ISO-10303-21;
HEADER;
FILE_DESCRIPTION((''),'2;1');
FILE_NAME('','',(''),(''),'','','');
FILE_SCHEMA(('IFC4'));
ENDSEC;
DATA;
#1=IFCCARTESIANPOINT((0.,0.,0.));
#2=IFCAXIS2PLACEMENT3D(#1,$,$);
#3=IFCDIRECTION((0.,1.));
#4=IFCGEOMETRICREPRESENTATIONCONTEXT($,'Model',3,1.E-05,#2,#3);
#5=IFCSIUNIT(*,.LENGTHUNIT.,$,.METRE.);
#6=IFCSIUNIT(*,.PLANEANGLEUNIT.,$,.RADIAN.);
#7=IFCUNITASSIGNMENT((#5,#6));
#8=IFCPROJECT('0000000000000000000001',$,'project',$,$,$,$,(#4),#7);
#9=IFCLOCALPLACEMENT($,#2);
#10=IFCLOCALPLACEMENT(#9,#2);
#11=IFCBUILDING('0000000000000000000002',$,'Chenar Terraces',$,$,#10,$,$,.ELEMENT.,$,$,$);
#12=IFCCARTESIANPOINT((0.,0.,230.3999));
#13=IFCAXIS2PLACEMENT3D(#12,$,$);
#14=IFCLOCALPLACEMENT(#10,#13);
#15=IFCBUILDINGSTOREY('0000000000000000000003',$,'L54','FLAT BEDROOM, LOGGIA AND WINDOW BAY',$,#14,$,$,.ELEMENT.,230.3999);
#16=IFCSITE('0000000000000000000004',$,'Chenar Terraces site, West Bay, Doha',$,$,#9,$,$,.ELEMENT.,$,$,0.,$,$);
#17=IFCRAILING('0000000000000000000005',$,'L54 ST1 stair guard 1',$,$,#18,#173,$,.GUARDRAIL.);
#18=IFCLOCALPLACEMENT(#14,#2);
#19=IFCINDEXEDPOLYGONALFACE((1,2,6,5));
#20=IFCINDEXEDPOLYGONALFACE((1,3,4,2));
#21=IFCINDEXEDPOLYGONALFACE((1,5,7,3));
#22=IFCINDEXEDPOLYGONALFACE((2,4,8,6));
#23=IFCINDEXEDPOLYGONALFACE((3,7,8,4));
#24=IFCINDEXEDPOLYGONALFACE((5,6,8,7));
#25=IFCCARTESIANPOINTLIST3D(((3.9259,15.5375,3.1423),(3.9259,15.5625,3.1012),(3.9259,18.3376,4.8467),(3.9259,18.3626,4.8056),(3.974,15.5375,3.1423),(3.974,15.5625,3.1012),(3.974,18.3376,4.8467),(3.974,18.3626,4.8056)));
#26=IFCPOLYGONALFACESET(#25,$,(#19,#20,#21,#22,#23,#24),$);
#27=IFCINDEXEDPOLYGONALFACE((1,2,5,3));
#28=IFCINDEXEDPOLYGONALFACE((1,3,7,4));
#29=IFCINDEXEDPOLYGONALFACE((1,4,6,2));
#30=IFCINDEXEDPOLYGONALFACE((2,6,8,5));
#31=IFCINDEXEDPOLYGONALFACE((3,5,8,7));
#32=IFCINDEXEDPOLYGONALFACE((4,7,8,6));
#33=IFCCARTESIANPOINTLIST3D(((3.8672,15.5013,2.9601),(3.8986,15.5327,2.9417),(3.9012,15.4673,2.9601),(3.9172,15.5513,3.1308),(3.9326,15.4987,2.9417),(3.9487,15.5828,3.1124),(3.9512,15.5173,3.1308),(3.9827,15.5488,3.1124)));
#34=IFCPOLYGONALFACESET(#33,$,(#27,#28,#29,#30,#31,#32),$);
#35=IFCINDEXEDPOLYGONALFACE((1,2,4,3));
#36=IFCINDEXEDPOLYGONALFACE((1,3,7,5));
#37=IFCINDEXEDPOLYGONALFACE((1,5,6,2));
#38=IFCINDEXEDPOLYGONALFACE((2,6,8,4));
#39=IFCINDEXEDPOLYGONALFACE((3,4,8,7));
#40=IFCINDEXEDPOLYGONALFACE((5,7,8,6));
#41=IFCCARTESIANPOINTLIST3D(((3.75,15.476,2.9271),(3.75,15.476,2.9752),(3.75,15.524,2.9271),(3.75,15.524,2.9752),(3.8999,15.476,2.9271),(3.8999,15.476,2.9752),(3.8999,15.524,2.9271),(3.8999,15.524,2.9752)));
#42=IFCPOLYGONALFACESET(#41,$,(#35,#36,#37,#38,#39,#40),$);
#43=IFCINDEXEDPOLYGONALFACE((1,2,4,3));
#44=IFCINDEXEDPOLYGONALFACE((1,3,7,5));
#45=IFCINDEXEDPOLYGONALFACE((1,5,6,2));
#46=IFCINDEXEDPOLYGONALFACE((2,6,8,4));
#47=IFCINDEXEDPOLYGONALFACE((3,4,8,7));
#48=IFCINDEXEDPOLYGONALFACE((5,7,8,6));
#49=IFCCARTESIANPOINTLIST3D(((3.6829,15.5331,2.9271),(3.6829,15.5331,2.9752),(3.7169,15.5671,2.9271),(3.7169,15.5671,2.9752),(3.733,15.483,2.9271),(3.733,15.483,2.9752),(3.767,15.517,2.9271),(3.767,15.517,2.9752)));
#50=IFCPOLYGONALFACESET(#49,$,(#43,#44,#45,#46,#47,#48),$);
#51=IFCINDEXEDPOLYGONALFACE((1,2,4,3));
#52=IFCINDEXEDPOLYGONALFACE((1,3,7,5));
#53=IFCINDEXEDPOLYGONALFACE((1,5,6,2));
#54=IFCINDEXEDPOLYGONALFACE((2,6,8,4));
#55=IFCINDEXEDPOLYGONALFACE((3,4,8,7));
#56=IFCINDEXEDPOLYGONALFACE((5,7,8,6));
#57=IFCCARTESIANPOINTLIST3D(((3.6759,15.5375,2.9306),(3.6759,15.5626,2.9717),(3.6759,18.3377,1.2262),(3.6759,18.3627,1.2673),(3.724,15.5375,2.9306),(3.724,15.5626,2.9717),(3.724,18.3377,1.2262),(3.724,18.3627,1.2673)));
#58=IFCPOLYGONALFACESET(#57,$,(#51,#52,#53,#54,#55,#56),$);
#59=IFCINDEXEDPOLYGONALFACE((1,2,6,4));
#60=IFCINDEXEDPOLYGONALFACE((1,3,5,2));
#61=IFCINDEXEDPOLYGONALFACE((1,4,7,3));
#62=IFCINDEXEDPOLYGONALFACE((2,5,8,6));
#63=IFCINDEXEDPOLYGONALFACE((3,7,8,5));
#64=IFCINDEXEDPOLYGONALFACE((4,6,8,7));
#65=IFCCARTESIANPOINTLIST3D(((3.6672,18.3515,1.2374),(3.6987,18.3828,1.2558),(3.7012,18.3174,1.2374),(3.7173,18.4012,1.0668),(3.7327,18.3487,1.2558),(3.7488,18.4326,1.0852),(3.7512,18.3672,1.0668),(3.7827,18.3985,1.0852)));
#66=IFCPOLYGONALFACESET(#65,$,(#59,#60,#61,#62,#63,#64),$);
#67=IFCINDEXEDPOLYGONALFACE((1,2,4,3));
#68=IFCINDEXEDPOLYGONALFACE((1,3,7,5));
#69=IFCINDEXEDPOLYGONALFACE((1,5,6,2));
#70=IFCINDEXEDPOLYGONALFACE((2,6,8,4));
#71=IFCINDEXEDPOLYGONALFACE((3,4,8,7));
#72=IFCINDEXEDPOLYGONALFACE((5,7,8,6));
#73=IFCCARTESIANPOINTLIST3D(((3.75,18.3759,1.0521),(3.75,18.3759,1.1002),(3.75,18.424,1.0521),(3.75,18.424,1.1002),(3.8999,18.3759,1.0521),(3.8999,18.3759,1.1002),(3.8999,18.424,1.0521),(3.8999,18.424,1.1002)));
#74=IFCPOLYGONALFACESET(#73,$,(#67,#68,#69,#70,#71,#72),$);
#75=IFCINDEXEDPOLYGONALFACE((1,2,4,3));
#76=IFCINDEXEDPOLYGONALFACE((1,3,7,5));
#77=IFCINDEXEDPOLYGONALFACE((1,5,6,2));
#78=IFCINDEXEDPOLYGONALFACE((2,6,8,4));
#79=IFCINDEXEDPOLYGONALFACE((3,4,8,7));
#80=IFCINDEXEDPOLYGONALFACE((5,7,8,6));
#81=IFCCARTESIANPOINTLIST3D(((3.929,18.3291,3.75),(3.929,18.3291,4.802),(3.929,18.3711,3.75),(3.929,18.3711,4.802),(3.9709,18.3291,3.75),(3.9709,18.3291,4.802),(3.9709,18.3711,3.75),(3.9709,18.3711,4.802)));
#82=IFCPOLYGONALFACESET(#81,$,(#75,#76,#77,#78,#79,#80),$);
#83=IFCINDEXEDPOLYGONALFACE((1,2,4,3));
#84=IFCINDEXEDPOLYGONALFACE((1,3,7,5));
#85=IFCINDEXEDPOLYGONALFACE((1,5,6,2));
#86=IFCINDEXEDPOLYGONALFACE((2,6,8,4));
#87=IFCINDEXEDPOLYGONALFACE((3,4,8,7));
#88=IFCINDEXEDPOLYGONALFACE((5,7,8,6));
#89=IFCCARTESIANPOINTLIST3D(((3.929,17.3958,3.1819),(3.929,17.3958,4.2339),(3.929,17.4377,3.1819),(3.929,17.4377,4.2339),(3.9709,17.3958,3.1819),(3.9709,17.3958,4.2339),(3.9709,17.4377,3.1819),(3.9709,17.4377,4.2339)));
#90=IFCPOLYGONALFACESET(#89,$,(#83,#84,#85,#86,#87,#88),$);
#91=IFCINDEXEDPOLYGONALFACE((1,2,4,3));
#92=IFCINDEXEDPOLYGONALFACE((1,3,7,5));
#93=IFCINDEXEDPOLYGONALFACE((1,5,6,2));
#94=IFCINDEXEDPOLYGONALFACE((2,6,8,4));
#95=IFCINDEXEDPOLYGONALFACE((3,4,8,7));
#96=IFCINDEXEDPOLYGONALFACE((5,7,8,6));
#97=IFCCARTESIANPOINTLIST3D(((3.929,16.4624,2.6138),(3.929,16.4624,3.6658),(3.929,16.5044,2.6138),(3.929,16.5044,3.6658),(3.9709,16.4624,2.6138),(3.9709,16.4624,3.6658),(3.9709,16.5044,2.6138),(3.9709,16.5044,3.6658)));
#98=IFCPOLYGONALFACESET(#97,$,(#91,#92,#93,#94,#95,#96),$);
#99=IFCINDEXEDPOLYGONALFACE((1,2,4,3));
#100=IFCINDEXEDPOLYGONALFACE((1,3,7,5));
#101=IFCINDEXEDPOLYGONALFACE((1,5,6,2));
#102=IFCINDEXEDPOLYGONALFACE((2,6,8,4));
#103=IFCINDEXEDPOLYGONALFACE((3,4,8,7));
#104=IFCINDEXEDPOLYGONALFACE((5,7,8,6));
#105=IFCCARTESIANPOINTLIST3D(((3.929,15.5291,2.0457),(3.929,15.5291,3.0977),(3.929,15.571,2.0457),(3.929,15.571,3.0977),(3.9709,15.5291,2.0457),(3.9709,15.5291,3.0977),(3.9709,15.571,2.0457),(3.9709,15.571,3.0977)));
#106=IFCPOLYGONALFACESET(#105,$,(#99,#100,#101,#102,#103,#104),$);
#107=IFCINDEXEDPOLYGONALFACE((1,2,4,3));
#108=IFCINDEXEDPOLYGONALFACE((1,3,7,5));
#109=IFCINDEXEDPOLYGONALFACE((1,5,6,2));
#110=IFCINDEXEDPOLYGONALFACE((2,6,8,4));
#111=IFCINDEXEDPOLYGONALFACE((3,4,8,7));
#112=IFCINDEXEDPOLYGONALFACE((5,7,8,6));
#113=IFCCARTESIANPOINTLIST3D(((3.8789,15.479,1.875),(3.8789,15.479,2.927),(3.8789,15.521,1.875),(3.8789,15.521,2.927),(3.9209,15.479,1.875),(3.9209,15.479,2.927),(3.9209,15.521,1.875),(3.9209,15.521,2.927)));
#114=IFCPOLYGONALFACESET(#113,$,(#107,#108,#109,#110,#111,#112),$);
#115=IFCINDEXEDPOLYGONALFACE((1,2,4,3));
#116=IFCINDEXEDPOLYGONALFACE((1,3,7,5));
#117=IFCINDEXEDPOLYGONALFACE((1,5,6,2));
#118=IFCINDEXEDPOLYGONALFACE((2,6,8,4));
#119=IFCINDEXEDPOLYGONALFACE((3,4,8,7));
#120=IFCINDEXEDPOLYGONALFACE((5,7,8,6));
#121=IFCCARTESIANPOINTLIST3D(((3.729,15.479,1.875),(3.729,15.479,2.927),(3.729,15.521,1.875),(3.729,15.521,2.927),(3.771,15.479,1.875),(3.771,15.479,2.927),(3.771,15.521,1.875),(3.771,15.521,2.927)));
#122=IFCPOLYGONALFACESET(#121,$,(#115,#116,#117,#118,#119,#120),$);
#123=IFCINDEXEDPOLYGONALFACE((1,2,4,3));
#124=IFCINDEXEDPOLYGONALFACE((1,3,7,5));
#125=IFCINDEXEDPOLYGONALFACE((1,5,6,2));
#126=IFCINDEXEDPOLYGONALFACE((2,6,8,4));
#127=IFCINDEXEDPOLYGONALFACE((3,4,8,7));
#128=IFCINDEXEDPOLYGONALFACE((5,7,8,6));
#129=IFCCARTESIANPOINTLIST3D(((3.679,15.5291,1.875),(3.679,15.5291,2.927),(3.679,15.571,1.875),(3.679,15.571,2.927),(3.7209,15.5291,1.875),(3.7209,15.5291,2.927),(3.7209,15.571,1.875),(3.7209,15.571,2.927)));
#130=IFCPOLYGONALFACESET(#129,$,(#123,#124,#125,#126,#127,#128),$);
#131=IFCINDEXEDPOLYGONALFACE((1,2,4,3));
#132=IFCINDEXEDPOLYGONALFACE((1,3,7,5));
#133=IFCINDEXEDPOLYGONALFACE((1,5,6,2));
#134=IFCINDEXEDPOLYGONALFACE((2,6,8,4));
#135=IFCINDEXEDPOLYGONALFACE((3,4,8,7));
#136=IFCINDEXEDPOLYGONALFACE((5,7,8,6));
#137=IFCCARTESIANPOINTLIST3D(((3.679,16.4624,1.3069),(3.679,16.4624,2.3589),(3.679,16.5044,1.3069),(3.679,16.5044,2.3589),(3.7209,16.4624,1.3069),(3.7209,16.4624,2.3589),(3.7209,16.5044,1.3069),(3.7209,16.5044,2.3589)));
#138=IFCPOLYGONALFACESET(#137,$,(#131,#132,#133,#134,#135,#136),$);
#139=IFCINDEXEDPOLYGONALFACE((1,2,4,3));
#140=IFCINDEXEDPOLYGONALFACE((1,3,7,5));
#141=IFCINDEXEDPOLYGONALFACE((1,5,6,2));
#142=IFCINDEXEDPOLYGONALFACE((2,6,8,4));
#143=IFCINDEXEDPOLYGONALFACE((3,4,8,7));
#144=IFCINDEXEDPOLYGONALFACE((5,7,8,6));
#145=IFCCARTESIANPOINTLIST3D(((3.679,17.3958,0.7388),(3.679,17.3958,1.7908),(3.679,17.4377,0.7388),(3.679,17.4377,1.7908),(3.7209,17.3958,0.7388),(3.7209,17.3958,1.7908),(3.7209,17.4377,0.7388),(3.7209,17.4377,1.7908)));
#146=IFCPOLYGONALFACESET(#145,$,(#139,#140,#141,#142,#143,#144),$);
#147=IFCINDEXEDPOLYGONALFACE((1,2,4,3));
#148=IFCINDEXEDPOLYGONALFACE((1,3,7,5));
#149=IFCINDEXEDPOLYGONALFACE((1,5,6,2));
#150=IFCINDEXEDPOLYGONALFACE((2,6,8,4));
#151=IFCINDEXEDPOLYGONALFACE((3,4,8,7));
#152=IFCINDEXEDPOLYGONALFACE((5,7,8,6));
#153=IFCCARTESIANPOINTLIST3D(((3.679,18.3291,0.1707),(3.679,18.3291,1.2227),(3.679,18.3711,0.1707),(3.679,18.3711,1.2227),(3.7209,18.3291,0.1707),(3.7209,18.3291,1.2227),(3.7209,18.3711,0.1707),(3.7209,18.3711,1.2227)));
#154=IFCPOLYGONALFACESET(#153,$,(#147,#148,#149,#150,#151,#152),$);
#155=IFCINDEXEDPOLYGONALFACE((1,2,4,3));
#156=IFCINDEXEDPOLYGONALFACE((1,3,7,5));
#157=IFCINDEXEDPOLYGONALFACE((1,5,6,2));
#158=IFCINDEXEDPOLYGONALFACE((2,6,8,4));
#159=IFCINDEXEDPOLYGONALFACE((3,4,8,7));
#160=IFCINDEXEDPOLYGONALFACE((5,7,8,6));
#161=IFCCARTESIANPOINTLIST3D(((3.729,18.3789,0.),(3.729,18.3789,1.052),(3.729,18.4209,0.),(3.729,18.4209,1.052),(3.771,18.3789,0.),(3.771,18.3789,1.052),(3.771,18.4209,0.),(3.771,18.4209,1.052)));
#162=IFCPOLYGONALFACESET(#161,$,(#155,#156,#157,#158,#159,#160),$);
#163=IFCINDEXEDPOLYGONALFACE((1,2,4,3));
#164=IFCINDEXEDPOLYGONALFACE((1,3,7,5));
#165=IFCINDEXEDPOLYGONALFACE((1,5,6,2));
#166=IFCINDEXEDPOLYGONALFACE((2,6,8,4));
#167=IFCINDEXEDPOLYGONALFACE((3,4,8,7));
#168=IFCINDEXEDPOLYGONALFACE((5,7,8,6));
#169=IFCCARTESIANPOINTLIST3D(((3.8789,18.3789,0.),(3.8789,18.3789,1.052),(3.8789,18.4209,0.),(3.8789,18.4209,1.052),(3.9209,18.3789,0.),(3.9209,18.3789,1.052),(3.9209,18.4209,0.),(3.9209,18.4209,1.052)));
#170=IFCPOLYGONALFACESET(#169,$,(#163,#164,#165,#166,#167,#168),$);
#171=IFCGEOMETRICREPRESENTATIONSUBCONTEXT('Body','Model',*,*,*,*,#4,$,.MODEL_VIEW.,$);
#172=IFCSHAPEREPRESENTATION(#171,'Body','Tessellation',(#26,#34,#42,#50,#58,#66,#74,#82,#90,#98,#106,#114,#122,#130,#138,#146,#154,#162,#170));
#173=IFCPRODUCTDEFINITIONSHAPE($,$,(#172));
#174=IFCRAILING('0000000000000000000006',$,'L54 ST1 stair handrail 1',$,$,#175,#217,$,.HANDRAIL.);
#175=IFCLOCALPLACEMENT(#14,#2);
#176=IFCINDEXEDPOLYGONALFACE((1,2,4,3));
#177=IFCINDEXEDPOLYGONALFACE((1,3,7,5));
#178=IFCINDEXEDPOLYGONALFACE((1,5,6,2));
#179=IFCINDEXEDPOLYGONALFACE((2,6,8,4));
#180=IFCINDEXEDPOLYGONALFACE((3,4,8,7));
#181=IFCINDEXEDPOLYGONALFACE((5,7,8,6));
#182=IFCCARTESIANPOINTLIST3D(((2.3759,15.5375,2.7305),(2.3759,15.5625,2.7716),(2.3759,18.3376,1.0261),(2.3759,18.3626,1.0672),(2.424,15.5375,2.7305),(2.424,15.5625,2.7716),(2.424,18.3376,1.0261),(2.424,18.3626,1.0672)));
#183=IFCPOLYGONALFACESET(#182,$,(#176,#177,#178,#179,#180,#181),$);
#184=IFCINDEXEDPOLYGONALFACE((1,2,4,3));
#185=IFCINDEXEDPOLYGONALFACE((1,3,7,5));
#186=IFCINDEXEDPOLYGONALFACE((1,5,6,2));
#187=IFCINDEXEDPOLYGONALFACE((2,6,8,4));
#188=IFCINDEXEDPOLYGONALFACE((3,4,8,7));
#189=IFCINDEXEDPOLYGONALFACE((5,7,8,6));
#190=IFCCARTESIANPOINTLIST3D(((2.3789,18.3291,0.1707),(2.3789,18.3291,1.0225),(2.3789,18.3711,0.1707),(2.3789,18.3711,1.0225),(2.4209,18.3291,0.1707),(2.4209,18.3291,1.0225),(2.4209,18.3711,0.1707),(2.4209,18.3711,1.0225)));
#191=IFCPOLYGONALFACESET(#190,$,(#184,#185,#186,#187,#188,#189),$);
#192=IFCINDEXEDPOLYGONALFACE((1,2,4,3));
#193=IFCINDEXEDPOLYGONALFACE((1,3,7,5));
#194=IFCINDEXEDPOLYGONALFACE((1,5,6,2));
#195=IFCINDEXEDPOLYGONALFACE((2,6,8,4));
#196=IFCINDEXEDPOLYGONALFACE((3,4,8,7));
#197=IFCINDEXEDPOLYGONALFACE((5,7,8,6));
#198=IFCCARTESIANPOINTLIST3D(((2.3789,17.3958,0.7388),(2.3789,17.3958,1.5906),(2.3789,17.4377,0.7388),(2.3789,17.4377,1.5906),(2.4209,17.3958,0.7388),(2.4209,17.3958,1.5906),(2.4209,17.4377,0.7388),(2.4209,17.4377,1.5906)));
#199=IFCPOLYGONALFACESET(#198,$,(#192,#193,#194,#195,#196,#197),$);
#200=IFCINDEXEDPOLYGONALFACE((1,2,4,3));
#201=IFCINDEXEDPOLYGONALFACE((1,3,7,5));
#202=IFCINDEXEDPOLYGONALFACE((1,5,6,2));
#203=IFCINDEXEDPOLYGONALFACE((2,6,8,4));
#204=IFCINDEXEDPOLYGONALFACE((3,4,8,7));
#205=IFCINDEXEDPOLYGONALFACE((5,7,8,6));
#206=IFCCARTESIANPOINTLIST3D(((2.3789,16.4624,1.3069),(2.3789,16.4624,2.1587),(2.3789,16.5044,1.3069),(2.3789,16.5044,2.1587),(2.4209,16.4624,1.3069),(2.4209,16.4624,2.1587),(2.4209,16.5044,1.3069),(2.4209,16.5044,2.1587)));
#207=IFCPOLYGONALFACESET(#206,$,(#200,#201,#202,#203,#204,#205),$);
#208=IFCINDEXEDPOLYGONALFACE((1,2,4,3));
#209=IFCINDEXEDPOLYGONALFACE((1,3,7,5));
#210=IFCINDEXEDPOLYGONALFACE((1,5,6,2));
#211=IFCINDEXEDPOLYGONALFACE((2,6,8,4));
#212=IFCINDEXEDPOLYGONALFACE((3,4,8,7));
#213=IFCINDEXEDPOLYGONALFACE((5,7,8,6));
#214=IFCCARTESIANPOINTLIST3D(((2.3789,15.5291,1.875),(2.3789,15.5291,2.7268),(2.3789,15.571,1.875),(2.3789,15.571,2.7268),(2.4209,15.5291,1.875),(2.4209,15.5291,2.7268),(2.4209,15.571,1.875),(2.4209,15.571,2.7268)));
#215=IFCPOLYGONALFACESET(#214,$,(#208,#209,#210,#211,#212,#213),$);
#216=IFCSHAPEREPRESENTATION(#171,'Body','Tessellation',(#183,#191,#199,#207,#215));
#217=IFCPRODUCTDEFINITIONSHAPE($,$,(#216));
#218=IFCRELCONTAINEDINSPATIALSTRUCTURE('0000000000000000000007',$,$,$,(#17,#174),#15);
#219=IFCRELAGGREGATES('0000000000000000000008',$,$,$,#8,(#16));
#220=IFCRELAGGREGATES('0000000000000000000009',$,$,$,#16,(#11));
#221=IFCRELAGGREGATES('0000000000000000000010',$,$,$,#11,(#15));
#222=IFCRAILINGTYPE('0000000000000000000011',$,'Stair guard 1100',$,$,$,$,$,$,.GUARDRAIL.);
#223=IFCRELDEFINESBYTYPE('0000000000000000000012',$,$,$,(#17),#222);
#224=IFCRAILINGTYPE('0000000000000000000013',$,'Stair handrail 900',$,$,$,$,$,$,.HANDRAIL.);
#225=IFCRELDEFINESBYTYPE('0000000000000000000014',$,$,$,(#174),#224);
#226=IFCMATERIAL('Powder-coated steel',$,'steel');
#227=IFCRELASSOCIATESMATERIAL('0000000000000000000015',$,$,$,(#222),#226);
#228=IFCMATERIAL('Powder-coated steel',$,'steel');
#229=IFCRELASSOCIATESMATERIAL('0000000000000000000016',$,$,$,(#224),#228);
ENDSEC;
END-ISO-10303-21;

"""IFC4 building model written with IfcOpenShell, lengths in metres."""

from ifc_helpers import new_model, si_unit, direction, frame, origin, origin_2d, place, context, subcontext, project, spatial, rectangle, extrude, material, type_object, element, save


model = new_model("IFC4")

# Units and contexts
model_context = context("Model", 3, precision=1e-05, world=origin(), true_north=direction((0.0, 1.0)))
body_context = subcontext(model_context, "Body", "Model", "MODEL_VIEW")
ifc_project = project(units=[si_unit("LENGTHUNIT", "METRE"), si_unit("PLANEANGLEUNIT", "RADIAN")], contexts=[model_context])

# Site, building, storey
site_placement = place(None, origin())
site = spatial("IfcSite", under=ifc_project, at=site_placement, Name="Chenar Terraces site, West Bay, Doha", CompositionType="ELEMENT", RefElevation=0.0)
building_placement = place(site_placement, origin())
building = spatial("IfcBuilding", under=site, at=building_placement, Name="Chenar Terraces", CompositionType="ELEMENT")
storey_placement = place(building_placement, frame((0.0, 0.0, 230.3999)))
storey = spatial("IfcBuildingStorey", under=building, at=storey_placement, Name="L54", Description="FLAT BEDROOM, LOGGIA AND WINDOW BAY", CompositionType="ELEMENT", Elevation=230.3999)

# Railings
ifc_material_1 = material(Name="Powder-coated steel", Category="steel")
railing_type_1 = type_object("IfcRailingType", Name="Stair guard 1100", PredefinedType="GUARDRAIL", material=ifc_material_1)
railing_1_placement = place(storey_placement, frame((3.95, 18.3501, 3.75)))
element("IfcRailing", 1, at=railing_1_placement, inside=storey, type_object=railing_type_1, Name="L54 ST1 stair guard 1", PredefinedType="GUARDRAIL", context=body_context, shape_type="SweptSolid", body=[
    extrude(rectangle(XDim=0.0481, YDim=0.0481, at=origin_2d()), frame((0.0, 0.0, 1.0762), z_axis=(0.0, -0.854203, -0.51994), x_axis=(1.0, 0.0, 0.0)), (0.0, 0.0, 1.0), 3.2781),
    extrude(rectangle(XDim=0.0481, YDim=0.0481, at=origin_2d()), frame((0.0, -2.8, -0.6284), z_axis=(-0.2709, -0.2709, -0.923703), x_axis=(0.707107, -0.707107, 0.0)), (0.0, 0.0, 1.0), 0.1848),
    extrude(rectangle(XDim=0.0481, YDim=0.0481, at=origin_2d()), frame((-0.05, -2.8501, -0.7988), z_axis=(-1.0, 0.0, 0.0), x_axis=(0.0, -1.0, 0.0)), (0.0, 0.0, 1.0), 0.1499),
    extrude(rectangle(XDim=0.0481, YDim=0.0481, at=origin_2d()), frame((-0.2, -2.8501, -0.7988), z_axis=(-0.707107, 0.707107, 0.0), x_axis=(-0.707107, -0.707107, 0.0)), (0.0, 0.0, 1.0), 0.0708),
    extrude(rectangle(XDim=0.0481, YDim=0.0481, at=origin_2d()), frame((-0.25, -2.8, -0.7988), z_axis=(0.0, 0.854203, -0.51994), x_axis=(-1.0, 0.0, 0.0)), (0.0, 0.0, 1.0), 3.2781),
    extrude(rectangle(XDim=0.0481, YDim=0.0481, at=origin_2d()), frame((-0.25, 0.0, -2.5034), z_axis=(0.270997, 0.269675, -0.924033), x_axis=(-0.705376, 0.708834, 0.0)), (0.0, 0.0, 1.0), 0.1846),
    extrude(rectangle(XDim=0.0481, YDim=0.0481, at=origin_2d()), frame((-0.2, 0.0498, -2.6738), z_axis=(1.0, 0.0, 0.0), x_axis=(0.0, 1.0, 0.0)), (0.0, 0.0, 1.0), 0.1499),
    extrude(rectangle(XDim=0.042, YDim=0.042, at=origin_2d()), origin(), (0.0, 0.0, 1.0), 1.052),
    extrude(rectangle(XDim=0.042, YDim=0.042, at=origin_2d()), frame((0.0, -0.9333, -0.5681)), (0.0, 0.0, 1.0), 1.052),
    extrude(rectangle(XDim=0.042, YDim=0.042, at=origin_2d()), frame((0.0, -1.8667, -1.1362)), (0.0, 0.0, 1.0), 1.052),
    extrude(rectangle(XDim=0.042, YDim=0.042, at=origin_2d()), frame((0.0, -2.8, -1.7043)), (0.0, 0.0, 1.0), 1.052),
    extrude(rectangle(XDim=0.042, YDim=0.042, at=origin_2d()), frame((-0.05, -2.8501, -1.875)), (0.0, 0.0, 1.0), 1.052),
    extrude(rectangle(XDim=0.042, YDim=0.042, at=origin_2d()), frame((-0.2, -2.8501, -1.875)), (0.0, 0.0, 1.0), 1.052),
    extrude(rectangle(XDim=0.042, YDim=0.042, at=origin_2d()), frame((-0.25, -2.8, -1.875)), (0.0, 0.0, 1.0), 1.052),
    extrude(rectangle(XDim=0.042, YDim=0.042, at=origin_2d()), frame((-0.25, -1.8667, -2.4431)), (0.0, 0.0, 1.0), 1.052),
    extrude(rectangle(XDim=0.042, YDim=0.042, at=origin_2d()), frame((-0.25, -0.9333, -3.0112)), (0.0, 0.0, 1.0), 1.052),
    extrude(rectangle(XDim=0.042, YDim=0.042, at=origin_2d()), frame((-0.25, 0.0, -3.5793)), (0.0, 0.0, 1.0), 1.052),
    extrude(rectangle(XDim=0.042, YDim=0.042, at=origin_2d()), frame((-0.2, 0.0498, -3.75)), (0.0, 0.0, 1.0), 1.052),
    extrude(rectangle(XDim=0.042, YDim=0.042, at=origin_2d()), frame((-0.05, 0.0498, -3.75)), (0.0, 0.0, 1.0), 1.052),
])
ifc_material_2 = material(Name="Powder-coated steel", Category="steel")
railing_type_2 = type_object("IfcRailingType", Name="Stair handrail 900", PredefinedType="HANDRAIL", material=ifc_material_2)
railing_2_placement = place(storey_placement, frame((2.3999, 18.3501, 0.1707)))
element("IfcRailing", 2, at=railing_2_placement, inside=storey, type_object=railing_type_2, Name="L54 ST1 stair handrail 1", PredefinedType="HANDRAIL", context=body_context, shape_type="SweptSolid", body=[
    extrude(rectangle(XDim=0.0481, YDim=0.0481, at=origin_2d()), frame((0.0, 0.0, 0.876), z_axis=(0.0, -0.854203, 0.51994), x_axis=(1.0, 0.0, 0.0)), (0.0, 0.0, 1.0), 3.2781),
    extrude(rectangle(XDim=0.042, YDim=0.042, at=origin_2d()), origin(), (0.0, 0.0, 1.0), 0.8518),
    extrude(rectangle(XDim=0.042, YDim=0.042, at=origin_2d()), frame((0.0, -0.9333, 0.5681)), (0.0, 0.0, 1.0), 0.8518),
    extrude(rectangle(XDim=0.042, YDim=0.042, at=origin_2d()), frame((0.0, -1.8667, 1.1362)), (0.0, 0.0, 1.0), 0.8518),
    extrude(rectangle(XDim=0.042, YDim=0.042, at=origin_2d()), frame((0.0, -2.8, 1.7043)), (0.0, 0.0, 1.0), 0.8518),
])

save(model, "model.ifc")
